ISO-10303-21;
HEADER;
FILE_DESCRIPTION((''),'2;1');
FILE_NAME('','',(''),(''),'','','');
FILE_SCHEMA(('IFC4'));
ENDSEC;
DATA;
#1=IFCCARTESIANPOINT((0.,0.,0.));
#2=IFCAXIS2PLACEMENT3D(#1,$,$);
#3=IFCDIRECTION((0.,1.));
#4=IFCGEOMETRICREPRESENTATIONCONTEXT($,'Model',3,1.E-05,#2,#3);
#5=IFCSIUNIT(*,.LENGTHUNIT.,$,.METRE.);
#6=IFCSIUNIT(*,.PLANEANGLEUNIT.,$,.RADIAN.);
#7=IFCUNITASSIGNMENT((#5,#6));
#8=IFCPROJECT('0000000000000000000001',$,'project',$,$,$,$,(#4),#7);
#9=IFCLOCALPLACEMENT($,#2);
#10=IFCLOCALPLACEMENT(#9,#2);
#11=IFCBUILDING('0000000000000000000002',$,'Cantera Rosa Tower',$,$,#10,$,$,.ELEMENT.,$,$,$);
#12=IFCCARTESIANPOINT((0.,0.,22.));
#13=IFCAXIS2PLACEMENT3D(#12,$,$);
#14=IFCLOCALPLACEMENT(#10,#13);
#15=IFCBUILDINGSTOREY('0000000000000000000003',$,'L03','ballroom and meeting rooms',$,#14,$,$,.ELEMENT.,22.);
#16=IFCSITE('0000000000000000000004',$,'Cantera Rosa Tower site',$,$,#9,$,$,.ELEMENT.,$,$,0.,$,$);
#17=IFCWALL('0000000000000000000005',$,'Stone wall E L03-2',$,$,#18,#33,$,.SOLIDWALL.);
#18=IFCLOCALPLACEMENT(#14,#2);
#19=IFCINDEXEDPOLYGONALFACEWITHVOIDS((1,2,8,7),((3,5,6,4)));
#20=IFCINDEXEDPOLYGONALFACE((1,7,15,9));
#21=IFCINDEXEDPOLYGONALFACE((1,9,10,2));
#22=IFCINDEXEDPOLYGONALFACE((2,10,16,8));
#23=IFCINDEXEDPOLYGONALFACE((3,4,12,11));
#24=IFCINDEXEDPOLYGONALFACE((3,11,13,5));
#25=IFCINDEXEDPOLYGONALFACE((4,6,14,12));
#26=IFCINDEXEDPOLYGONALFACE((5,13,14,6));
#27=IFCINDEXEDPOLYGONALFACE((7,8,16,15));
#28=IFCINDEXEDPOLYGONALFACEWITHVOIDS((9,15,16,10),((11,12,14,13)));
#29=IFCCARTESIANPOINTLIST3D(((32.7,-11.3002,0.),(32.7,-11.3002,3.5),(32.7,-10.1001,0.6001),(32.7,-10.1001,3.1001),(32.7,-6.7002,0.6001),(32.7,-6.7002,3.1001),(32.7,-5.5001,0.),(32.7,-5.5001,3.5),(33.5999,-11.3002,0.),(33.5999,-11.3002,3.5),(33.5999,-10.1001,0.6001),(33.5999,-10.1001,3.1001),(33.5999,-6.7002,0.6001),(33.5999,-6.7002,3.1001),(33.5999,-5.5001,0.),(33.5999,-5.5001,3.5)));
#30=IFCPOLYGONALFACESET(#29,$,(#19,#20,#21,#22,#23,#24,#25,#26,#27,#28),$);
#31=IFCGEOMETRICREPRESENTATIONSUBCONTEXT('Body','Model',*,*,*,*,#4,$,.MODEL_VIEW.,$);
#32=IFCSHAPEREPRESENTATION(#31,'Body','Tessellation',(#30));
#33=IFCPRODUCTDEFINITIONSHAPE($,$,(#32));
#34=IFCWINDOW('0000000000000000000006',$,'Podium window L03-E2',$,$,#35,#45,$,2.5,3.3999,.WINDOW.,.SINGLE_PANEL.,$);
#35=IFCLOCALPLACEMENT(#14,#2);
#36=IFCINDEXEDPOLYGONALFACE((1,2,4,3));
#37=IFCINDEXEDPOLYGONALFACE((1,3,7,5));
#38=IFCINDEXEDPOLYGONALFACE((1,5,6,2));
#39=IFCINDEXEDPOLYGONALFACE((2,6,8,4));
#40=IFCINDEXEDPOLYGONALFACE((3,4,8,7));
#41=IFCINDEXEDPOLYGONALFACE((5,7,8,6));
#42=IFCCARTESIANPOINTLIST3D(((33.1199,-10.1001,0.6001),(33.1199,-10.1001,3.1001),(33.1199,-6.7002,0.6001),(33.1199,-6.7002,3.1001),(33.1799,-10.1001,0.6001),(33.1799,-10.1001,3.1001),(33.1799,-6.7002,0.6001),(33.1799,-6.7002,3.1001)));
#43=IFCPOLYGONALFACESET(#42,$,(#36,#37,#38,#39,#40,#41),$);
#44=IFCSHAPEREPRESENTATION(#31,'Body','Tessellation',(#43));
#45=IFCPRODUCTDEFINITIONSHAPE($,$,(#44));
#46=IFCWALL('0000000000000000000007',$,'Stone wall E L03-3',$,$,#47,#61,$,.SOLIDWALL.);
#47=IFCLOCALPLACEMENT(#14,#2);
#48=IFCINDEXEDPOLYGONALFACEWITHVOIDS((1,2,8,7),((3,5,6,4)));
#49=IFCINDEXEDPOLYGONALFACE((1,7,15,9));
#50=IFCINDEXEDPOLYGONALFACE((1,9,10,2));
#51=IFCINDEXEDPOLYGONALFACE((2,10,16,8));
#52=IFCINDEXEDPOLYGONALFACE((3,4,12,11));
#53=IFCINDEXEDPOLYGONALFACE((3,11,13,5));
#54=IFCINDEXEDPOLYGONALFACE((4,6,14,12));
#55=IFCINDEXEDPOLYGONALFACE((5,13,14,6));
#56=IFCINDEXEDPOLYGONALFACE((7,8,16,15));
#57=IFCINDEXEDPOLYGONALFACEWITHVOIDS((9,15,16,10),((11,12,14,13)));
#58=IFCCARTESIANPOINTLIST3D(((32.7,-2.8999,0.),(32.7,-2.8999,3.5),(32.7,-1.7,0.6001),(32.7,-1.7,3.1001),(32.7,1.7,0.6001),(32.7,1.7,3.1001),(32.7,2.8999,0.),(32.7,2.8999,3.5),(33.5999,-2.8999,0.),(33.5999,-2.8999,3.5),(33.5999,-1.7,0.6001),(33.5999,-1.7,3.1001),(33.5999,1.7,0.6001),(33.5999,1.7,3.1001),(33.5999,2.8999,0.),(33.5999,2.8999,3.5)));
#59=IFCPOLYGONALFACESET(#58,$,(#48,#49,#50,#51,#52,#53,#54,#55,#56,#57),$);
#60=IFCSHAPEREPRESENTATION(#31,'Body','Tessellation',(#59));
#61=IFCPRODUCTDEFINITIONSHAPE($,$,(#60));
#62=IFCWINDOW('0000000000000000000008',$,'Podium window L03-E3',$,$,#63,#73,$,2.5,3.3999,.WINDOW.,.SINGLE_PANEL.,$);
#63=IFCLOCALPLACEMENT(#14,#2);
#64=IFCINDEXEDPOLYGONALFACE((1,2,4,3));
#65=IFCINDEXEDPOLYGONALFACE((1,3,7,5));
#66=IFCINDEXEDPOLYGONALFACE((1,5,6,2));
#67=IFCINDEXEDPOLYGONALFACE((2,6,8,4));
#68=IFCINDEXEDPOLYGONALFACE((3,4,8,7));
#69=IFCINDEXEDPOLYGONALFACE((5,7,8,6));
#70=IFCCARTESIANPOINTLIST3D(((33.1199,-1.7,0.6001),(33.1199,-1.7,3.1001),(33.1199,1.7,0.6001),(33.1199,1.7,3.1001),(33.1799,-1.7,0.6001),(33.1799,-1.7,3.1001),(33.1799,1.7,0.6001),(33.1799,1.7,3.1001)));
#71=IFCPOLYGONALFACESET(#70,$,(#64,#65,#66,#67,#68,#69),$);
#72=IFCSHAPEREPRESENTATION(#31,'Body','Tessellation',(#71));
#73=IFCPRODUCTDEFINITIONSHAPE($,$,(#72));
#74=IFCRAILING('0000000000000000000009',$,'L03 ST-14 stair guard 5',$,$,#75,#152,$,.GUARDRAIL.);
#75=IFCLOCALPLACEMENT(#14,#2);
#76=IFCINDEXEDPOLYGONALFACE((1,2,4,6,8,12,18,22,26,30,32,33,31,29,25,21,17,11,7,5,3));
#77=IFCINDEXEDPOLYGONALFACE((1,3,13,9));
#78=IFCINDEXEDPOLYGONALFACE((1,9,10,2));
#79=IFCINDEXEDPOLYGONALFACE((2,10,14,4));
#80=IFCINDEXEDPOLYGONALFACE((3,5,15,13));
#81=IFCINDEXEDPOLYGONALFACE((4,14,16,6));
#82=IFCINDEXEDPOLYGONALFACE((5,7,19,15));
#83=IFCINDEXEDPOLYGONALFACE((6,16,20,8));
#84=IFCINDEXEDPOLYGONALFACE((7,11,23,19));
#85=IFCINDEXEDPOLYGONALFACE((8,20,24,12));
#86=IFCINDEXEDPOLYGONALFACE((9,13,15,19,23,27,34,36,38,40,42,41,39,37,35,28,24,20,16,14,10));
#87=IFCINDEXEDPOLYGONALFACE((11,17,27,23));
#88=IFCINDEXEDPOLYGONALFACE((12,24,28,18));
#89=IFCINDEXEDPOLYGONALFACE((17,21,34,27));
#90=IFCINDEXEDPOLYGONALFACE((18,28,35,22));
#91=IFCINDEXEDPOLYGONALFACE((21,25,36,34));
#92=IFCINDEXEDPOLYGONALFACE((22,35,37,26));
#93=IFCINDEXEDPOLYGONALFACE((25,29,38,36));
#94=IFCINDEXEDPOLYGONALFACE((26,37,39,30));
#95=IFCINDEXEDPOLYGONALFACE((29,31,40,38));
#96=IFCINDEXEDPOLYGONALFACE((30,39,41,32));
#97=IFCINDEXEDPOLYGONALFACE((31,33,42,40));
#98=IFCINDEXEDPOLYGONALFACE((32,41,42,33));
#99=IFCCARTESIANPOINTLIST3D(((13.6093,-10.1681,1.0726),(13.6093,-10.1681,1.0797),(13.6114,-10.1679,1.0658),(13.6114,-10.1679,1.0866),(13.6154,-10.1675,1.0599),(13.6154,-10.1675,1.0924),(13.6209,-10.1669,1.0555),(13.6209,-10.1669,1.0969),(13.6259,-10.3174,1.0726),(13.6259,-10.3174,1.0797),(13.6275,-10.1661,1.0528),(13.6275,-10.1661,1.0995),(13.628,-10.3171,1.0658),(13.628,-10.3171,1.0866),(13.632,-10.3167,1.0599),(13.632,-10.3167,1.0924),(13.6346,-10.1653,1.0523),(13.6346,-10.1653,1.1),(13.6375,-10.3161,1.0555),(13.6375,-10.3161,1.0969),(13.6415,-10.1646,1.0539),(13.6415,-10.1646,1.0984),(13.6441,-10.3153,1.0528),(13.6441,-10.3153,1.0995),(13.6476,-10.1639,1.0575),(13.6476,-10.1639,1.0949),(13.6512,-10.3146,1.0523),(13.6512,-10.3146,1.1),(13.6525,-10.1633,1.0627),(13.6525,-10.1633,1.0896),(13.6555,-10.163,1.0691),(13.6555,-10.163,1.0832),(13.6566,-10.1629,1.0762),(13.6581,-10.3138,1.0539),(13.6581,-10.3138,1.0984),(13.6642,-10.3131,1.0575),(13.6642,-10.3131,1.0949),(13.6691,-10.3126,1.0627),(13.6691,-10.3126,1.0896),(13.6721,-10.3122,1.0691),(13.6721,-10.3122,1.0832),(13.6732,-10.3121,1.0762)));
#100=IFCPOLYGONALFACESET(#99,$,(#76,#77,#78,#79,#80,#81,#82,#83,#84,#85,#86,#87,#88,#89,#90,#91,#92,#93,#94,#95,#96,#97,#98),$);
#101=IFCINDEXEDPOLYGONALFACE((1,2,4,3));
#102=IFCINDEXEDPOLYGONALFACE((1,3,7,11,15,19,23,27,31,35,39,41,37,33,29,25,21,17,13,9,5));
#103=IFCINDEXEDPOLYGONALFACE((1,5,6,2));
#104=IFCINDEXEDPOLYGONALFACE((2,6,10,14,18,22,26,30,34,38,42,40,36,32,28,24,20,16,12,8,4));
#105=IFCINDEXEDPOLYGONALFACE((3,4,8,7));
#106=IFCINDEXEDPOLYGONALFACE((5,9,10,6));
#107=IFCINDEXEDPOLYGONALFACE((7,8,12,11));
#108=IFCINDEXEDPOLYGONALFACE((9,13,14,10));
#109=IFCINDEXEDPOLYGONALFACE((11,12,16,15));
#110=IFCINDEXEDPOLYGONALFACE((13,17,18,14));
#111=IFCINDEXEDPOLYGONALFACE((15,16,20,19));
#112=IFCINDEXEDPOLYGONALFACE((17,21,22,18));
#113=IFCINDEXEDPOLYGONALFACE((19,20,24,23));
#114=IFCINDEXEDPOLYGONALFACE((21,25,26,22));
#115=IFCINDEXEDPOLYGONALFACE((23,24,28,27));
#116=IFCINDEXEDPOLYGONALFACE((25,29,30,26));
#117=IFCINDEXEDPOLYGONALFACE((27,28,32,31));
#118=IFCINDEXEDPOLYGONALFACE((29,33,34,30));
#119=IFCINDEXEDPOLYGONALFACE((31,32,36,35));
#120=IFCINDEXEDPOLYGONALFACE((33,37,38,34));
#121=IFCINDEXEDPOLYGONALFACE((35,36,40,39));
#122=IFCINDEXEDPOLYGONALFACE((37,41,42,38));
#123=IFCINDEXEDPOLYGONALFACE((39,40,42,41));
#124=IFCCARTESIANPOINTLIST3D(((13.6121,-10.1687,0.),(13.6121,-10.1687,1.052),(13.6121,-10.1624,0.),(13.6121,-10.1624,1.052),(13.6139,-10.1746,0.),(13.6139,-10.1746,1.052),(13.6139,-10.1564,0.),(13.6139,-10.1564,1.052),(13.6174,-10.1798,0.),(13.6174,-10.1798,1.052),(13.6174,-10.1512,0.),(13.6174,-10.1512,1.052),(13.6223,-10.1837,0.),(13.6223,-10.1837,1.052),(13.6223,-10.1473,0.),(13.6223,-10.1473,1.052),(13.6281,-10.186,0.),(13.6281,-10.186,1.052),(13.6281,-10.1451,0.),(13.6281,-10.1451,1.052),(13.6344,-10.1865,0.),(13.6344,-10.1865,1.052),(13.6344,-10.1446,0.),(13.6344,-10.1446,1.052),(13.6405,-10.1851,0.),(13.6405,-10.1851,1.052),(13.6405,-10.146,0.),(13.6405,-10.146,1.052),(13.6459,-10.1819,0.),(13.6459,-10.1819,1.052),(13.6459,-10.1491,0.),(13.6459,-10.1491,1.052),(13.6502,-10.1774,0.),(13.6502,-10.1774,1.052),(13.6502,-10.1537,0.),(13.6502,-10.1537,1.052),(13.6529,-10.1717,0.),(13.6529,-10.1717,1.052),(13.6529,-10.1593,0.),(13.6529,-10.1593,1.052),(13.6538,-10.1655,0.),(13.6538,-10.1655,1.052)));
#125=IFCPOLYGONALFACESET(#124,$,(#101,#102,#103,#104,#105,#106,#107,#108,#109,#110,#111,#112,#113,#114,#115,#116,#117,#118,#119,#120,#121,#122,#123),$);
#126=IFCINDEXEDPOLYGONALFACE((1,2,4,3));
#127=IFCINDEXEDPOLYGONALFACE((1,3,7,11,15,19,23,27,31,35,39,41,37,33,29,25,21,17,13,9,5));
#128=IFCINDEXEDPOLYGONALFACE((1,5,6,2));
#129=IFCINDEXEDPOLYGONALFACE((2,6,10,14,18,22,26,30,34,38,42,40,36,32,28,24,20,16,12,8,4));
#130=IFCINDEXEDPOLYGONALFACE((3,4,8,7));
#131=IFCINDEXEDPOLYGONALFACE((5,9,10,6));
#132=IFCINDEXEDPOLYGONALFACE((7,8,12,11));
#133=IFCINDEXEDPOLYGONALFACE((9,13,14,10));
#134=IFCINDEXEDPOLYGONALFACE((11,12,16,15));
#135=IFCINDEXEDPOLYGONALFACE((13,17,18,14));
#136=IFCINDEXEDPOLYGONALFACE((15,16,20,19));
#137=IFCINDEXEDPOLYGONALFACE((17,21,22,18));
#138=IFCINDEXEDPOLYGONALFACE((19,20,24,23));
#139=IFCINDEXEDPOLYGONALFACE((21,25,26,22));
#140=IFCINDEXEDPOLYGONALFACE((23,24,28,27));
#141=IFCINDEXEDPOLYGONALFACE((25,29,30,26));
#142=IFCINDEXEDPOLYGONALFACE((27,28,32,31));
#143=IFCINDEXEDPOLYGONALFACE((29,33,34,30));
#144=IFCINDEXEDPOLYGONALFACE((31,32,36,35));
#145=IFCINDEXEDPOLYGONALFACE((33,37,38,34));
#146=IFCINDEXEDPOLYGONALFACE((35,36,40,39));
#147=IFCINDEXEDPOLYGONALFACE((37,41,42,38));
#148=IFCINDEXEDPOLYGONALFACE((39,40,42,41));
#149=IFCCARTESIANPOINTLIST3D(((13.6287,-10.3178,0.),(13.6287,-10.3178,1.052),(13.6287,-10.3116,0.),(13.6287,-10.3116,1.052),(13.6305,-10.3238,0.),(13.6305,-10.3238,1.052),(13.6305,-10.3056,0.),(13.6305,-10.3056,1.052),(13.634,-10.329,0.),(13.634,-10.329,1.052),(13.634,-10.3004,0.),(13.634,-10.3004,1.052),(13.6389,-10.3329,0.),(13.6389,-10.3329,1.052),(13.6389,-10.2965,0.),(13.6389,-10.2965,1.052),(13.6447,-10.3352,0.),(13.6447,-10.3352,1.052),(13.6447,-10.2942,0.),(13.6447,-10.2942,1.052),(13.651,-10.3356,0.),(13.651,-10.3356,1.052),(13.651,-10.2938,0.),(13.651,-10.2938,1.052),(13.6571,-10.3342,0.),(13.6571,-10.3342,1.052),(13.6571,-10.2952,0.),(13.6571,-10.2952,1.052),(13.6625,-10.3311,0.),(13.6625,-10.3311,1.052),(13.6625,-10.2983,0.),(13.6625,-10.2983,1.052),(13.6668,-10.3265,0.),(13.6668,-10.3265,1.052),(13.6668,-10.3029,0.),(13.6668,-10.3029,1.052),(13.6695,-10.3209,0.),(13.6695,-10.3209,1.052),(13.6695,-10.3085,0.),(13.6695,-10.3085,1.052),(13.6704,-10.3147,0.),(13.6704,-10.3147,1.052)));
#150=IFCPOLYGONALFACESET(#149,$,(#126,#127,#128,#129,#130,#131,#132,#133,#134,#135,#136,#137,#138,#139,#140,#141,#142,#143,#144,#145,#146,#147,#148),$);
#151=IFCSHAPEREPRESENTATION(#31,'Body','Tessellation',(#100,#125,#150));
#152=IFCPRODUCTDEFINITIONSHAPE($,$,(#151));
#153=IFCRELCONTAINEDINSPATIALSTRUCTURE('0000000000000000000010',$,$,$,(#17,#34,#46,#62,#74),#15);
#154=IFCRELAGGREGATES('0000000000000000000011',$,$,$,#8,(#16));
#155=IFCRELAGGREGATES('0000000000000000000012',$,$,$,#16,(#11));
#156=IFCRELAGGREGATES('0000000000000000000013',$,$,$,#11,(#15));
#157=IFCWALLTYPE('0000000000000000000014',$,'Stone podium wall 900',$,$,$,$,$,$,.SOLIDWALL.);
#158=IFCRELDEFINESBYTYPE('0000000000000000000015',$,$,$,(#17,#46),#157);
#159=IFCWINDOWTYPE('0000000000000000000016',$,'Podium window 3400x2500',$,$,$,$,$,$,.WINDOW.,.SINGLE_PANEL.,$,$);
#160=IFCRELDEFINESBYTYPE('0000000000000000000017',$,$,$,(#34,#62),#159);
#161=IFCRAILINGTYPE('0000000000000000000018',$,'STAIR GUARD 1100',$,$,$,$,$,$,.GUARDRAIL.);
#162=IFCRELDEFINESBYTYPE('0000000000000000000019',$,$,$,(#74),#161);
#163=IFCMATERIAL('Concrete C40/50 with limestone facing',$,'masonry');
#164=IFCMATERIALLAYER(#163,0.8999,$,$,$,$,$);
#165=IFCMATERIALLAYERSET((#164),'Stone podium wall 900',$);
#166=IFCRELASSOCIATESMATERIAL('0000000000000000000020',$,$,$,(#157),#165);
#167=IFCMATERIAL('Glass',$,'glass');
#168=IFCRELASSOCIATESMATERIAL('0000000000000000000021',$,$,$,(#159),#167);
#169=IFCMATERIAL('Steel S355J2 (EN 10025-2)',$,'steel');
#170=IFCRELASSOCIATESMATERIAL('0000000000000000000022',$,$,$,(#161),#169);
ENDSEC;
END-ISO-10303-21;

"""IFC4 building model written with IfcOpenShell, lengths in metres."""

from ifc_helpers import new_model, si_unit, direction, frame, frame_2d, origin, origin_2d, place, context, subcontext, project, spatial, rectangle, circle, extrude, material, layer, layer_set, type_object, element, fill, save


model = new_model("IFC4")

# Units and contexts
model_context = context("Model", 3, precision=1e-05, world=origin(), true_north=direction((0.0, 1.0)))
body_context = subcontext(model_context, "Body", "Model", "MODEL_VIEW")
ifc_project = project(units=[si_unit("LENGTHUNIT", "METRE"), si_unit("PLANEANGLEUNIT", "RADIAN")], contexts=[model_context])

# Site, building, storey
site_placement = place(None, origin())
site = spatial("IfcSite", under=ifc_project, at=site_placement, Name="Cantera Rosa Tower site", CompositionType="ELEMENT", RefElevation=0.0)
building_placement = place(site_placement, origin())
building = spatial("IfcBuilding", under=site, at=building_placement, Name="Cantera Rosa Tower", CompositionType="ELEMENT")
storey_placement = place(building_placement, frame((0.0, 0.0, 22.0)))
storey = spatial("IfcBuildingStorey", under=building, at=storey_placement, Name="L03", Description="ballroom and meeting rooms", CompositionType="ELEMENT", Elevation=22.0)

# Walls, openings, windows
ifc_material_1 = material(Name="Concrete C40/50 with limestone facing", Category="masonry")
ifc_layer_1 = layer(ifc_material_1, 0.8999)
ifc_layer_set_1 = layer_set([ifc_layer_1], Name="Stone podium wall 900")
wall_type_1 = type_object("IfcWallType", Name="Stone podium wall 900", PredefinedType="SOLIDWALL", material=ifc_layer_set_1)
wall_1_placement = place(storey_placement, frame((33.1499, -11.3, 0.0), z_axis=(0.0, 0.0, 1.0), x_axis=(0.0, 1.0, 0.0)))
wall_1 = element("IfcWall", 1, at=wall_1_placement, inside=storey, type_object=wall_type_1, Name="Stone wall E L03-2", PredefinedType="SOLIDWALL", context=body_context, shape_type="SweptSolid", body=[
    extrude(rectangle(XDim=5.8, YDim=0.8999, at=frame_2d((2.8999, 0.0))), origin(), (0.0, 0.0, 1.0), 3.5),
])
opening_1_placement = place(wall_1_placement, frame((1.2, 0.0, 0.6001)))
opening_1 = element("IfcOpeningElement", 2, at=opening_1_placement, cuts=wall_1, PredefinedType="OPENING", context=body_context, shape_type="SweptSolid", body=[
    extrude(rectangle(XDim=3.3999, YDim=2.5, at=frame_2d((1.7, 1.25))), frame((0.0, 0.46, 0.0), z_axis=(0.0, -1.0, 0.0), x_axis=(1.0, 0.0, 0.0)), (0.0, 0.0, 1.0), 0.9199),
])
ifc_material_2 = material(Name="Glass", Category="glass")
window_type_1 = type_object("IfcWindowType", Name="Podium window 3400x2500", PartitioningType="SINGLE_PANEL", PredefinedType="WINDOW", material=ifc_material_2)
window_1_placement = place(opening_1_placement, origin())
window_1 = element("IfcWindow", 3, at=window_1_placement, inside=storey, type_object=window_type_1, Name="Podium window L03-E2", OverallHeight=2.5, OverallWidth=3.3999, PartitioningType="SINGLE_PANEL", PredefinedType="WINDOW", context=body_context, shape_type="SweptSolid", body=[
    extrude(rectangle(XDim=3.3999, YDim=2.5, at=frame_2d((1.7, 1.25))), frame((0.0, 0.03, 0.0), z_axis=(0.0, -1.0, 0.0), x_axis=(1.0, 0.0, 0.0)), (0.0, 0.0, 1.0), 0.0601),
])
fill(opening_1, window_1)
wall_2_placement = place(storey_placement, frame((33.1499, -2.8999, 0.0), z_axis=(0.0, 0.0, 1.0), x_axis=(0.0, 1.0, 0.0)))
wall_2 = element("IfcWall", 4, at=wall_2_placement, inside=storey, type_object=wall_type_1, Name="Stone wall E L03-3", PredefinedType="SOLIDWALL", context=body_context, shape_type="SweptSolid", body=[
    extrude(rectangle(XDim=5.7998, YDim=0.8999, at=frame_2d((2.8999, 0.0))), origin(), (0.0, 0.0, 1.0), 3.5),
])
opening_2_placement = place(wall_2_placement, frame((1.2, 0.0, 0.6001)))
opening_2 = element("IfcOpeningElement", 5, at=opening_2_placement, cuts=wall_2, PredefinedType="OPENING", context=body_context, shape_type="SweptSolid", body=[
    extrude(rectangle(XDim=3.3999, YDim=2.5, at=frame_2d((1.7, 1.25))), frame((0.0, 0.46, 0.0), z_axis=(0.0, -1.0, 0.0), x_axis=(1.0, 0.0, 0.0)), (0.0, 0.0, 1.0), 0.9199),
])
window_2_placement = place(opening_2_placement, origin())
window_2 = element("IfcWindow", 6, at=window_2_placement, inside=storey, type_object=window_type_1, Name="Podium window L03-E3", OverallHeight=2.5, OverallWidth=3.3999, PartitioningType="SINGLE_PANEL", PredefinedType="WINDOW", context=body_context, shape_type="SweptSolid", body=[
    extrude(rectangle(XDim=3.3999, YDim=2.5, at=frame_2d((1.7, 1.25))), frame((0.0, 0.03, 0.0), z_axis=(0.0, -1.0, 0.0), x_axis=(1.0, 0.0, 0.0)), (0.0, 0.0, 1.0), 0.0601),
])
fill(opening_2, window_2)

# Railing
ifc_material_3 = material(Name="Steel S355J2 (EN 10025-2)", Category="steel")
railing_type = type_object("IfcRailingType", Name="STAIR GUARD 1100", PredefinedType="GUARDRAIL", material=ifc_material_3)
railing_placement = place(storey_placement, frame((13.6328, -10.1655, 0.0)))
element("IfcRailing", 7, at=railing_placement, inside=storey, type_object=railing_type, Name="L03 ST-14 stair guard 5", PredefinedType="GUARDRAIL", context=body_context, shape_type="SweptSolid", body=[
    extrude(circle(Radius=0.0239, at=origin_2d()), frame((0.0, 0.0, 1.0762), z_axis=(0.11061, -0.993864, 0.0), x_axis=(0.993864, 0.11061, 0.0)), (0.0, 0.0, 1.0), 0.1501),
    extrude(circle(Radius=0.021, at=origin_2d()), origin(), (0.0, 0.0, 1.0), 1.052),
    extrude(circle(Radius=0.021, at=origin_2d()), frame((0.0166, -0.1492, 0.0)), (0.0, 0.0, 1.0), 1.052),
])

save(model, "model.ifc")
